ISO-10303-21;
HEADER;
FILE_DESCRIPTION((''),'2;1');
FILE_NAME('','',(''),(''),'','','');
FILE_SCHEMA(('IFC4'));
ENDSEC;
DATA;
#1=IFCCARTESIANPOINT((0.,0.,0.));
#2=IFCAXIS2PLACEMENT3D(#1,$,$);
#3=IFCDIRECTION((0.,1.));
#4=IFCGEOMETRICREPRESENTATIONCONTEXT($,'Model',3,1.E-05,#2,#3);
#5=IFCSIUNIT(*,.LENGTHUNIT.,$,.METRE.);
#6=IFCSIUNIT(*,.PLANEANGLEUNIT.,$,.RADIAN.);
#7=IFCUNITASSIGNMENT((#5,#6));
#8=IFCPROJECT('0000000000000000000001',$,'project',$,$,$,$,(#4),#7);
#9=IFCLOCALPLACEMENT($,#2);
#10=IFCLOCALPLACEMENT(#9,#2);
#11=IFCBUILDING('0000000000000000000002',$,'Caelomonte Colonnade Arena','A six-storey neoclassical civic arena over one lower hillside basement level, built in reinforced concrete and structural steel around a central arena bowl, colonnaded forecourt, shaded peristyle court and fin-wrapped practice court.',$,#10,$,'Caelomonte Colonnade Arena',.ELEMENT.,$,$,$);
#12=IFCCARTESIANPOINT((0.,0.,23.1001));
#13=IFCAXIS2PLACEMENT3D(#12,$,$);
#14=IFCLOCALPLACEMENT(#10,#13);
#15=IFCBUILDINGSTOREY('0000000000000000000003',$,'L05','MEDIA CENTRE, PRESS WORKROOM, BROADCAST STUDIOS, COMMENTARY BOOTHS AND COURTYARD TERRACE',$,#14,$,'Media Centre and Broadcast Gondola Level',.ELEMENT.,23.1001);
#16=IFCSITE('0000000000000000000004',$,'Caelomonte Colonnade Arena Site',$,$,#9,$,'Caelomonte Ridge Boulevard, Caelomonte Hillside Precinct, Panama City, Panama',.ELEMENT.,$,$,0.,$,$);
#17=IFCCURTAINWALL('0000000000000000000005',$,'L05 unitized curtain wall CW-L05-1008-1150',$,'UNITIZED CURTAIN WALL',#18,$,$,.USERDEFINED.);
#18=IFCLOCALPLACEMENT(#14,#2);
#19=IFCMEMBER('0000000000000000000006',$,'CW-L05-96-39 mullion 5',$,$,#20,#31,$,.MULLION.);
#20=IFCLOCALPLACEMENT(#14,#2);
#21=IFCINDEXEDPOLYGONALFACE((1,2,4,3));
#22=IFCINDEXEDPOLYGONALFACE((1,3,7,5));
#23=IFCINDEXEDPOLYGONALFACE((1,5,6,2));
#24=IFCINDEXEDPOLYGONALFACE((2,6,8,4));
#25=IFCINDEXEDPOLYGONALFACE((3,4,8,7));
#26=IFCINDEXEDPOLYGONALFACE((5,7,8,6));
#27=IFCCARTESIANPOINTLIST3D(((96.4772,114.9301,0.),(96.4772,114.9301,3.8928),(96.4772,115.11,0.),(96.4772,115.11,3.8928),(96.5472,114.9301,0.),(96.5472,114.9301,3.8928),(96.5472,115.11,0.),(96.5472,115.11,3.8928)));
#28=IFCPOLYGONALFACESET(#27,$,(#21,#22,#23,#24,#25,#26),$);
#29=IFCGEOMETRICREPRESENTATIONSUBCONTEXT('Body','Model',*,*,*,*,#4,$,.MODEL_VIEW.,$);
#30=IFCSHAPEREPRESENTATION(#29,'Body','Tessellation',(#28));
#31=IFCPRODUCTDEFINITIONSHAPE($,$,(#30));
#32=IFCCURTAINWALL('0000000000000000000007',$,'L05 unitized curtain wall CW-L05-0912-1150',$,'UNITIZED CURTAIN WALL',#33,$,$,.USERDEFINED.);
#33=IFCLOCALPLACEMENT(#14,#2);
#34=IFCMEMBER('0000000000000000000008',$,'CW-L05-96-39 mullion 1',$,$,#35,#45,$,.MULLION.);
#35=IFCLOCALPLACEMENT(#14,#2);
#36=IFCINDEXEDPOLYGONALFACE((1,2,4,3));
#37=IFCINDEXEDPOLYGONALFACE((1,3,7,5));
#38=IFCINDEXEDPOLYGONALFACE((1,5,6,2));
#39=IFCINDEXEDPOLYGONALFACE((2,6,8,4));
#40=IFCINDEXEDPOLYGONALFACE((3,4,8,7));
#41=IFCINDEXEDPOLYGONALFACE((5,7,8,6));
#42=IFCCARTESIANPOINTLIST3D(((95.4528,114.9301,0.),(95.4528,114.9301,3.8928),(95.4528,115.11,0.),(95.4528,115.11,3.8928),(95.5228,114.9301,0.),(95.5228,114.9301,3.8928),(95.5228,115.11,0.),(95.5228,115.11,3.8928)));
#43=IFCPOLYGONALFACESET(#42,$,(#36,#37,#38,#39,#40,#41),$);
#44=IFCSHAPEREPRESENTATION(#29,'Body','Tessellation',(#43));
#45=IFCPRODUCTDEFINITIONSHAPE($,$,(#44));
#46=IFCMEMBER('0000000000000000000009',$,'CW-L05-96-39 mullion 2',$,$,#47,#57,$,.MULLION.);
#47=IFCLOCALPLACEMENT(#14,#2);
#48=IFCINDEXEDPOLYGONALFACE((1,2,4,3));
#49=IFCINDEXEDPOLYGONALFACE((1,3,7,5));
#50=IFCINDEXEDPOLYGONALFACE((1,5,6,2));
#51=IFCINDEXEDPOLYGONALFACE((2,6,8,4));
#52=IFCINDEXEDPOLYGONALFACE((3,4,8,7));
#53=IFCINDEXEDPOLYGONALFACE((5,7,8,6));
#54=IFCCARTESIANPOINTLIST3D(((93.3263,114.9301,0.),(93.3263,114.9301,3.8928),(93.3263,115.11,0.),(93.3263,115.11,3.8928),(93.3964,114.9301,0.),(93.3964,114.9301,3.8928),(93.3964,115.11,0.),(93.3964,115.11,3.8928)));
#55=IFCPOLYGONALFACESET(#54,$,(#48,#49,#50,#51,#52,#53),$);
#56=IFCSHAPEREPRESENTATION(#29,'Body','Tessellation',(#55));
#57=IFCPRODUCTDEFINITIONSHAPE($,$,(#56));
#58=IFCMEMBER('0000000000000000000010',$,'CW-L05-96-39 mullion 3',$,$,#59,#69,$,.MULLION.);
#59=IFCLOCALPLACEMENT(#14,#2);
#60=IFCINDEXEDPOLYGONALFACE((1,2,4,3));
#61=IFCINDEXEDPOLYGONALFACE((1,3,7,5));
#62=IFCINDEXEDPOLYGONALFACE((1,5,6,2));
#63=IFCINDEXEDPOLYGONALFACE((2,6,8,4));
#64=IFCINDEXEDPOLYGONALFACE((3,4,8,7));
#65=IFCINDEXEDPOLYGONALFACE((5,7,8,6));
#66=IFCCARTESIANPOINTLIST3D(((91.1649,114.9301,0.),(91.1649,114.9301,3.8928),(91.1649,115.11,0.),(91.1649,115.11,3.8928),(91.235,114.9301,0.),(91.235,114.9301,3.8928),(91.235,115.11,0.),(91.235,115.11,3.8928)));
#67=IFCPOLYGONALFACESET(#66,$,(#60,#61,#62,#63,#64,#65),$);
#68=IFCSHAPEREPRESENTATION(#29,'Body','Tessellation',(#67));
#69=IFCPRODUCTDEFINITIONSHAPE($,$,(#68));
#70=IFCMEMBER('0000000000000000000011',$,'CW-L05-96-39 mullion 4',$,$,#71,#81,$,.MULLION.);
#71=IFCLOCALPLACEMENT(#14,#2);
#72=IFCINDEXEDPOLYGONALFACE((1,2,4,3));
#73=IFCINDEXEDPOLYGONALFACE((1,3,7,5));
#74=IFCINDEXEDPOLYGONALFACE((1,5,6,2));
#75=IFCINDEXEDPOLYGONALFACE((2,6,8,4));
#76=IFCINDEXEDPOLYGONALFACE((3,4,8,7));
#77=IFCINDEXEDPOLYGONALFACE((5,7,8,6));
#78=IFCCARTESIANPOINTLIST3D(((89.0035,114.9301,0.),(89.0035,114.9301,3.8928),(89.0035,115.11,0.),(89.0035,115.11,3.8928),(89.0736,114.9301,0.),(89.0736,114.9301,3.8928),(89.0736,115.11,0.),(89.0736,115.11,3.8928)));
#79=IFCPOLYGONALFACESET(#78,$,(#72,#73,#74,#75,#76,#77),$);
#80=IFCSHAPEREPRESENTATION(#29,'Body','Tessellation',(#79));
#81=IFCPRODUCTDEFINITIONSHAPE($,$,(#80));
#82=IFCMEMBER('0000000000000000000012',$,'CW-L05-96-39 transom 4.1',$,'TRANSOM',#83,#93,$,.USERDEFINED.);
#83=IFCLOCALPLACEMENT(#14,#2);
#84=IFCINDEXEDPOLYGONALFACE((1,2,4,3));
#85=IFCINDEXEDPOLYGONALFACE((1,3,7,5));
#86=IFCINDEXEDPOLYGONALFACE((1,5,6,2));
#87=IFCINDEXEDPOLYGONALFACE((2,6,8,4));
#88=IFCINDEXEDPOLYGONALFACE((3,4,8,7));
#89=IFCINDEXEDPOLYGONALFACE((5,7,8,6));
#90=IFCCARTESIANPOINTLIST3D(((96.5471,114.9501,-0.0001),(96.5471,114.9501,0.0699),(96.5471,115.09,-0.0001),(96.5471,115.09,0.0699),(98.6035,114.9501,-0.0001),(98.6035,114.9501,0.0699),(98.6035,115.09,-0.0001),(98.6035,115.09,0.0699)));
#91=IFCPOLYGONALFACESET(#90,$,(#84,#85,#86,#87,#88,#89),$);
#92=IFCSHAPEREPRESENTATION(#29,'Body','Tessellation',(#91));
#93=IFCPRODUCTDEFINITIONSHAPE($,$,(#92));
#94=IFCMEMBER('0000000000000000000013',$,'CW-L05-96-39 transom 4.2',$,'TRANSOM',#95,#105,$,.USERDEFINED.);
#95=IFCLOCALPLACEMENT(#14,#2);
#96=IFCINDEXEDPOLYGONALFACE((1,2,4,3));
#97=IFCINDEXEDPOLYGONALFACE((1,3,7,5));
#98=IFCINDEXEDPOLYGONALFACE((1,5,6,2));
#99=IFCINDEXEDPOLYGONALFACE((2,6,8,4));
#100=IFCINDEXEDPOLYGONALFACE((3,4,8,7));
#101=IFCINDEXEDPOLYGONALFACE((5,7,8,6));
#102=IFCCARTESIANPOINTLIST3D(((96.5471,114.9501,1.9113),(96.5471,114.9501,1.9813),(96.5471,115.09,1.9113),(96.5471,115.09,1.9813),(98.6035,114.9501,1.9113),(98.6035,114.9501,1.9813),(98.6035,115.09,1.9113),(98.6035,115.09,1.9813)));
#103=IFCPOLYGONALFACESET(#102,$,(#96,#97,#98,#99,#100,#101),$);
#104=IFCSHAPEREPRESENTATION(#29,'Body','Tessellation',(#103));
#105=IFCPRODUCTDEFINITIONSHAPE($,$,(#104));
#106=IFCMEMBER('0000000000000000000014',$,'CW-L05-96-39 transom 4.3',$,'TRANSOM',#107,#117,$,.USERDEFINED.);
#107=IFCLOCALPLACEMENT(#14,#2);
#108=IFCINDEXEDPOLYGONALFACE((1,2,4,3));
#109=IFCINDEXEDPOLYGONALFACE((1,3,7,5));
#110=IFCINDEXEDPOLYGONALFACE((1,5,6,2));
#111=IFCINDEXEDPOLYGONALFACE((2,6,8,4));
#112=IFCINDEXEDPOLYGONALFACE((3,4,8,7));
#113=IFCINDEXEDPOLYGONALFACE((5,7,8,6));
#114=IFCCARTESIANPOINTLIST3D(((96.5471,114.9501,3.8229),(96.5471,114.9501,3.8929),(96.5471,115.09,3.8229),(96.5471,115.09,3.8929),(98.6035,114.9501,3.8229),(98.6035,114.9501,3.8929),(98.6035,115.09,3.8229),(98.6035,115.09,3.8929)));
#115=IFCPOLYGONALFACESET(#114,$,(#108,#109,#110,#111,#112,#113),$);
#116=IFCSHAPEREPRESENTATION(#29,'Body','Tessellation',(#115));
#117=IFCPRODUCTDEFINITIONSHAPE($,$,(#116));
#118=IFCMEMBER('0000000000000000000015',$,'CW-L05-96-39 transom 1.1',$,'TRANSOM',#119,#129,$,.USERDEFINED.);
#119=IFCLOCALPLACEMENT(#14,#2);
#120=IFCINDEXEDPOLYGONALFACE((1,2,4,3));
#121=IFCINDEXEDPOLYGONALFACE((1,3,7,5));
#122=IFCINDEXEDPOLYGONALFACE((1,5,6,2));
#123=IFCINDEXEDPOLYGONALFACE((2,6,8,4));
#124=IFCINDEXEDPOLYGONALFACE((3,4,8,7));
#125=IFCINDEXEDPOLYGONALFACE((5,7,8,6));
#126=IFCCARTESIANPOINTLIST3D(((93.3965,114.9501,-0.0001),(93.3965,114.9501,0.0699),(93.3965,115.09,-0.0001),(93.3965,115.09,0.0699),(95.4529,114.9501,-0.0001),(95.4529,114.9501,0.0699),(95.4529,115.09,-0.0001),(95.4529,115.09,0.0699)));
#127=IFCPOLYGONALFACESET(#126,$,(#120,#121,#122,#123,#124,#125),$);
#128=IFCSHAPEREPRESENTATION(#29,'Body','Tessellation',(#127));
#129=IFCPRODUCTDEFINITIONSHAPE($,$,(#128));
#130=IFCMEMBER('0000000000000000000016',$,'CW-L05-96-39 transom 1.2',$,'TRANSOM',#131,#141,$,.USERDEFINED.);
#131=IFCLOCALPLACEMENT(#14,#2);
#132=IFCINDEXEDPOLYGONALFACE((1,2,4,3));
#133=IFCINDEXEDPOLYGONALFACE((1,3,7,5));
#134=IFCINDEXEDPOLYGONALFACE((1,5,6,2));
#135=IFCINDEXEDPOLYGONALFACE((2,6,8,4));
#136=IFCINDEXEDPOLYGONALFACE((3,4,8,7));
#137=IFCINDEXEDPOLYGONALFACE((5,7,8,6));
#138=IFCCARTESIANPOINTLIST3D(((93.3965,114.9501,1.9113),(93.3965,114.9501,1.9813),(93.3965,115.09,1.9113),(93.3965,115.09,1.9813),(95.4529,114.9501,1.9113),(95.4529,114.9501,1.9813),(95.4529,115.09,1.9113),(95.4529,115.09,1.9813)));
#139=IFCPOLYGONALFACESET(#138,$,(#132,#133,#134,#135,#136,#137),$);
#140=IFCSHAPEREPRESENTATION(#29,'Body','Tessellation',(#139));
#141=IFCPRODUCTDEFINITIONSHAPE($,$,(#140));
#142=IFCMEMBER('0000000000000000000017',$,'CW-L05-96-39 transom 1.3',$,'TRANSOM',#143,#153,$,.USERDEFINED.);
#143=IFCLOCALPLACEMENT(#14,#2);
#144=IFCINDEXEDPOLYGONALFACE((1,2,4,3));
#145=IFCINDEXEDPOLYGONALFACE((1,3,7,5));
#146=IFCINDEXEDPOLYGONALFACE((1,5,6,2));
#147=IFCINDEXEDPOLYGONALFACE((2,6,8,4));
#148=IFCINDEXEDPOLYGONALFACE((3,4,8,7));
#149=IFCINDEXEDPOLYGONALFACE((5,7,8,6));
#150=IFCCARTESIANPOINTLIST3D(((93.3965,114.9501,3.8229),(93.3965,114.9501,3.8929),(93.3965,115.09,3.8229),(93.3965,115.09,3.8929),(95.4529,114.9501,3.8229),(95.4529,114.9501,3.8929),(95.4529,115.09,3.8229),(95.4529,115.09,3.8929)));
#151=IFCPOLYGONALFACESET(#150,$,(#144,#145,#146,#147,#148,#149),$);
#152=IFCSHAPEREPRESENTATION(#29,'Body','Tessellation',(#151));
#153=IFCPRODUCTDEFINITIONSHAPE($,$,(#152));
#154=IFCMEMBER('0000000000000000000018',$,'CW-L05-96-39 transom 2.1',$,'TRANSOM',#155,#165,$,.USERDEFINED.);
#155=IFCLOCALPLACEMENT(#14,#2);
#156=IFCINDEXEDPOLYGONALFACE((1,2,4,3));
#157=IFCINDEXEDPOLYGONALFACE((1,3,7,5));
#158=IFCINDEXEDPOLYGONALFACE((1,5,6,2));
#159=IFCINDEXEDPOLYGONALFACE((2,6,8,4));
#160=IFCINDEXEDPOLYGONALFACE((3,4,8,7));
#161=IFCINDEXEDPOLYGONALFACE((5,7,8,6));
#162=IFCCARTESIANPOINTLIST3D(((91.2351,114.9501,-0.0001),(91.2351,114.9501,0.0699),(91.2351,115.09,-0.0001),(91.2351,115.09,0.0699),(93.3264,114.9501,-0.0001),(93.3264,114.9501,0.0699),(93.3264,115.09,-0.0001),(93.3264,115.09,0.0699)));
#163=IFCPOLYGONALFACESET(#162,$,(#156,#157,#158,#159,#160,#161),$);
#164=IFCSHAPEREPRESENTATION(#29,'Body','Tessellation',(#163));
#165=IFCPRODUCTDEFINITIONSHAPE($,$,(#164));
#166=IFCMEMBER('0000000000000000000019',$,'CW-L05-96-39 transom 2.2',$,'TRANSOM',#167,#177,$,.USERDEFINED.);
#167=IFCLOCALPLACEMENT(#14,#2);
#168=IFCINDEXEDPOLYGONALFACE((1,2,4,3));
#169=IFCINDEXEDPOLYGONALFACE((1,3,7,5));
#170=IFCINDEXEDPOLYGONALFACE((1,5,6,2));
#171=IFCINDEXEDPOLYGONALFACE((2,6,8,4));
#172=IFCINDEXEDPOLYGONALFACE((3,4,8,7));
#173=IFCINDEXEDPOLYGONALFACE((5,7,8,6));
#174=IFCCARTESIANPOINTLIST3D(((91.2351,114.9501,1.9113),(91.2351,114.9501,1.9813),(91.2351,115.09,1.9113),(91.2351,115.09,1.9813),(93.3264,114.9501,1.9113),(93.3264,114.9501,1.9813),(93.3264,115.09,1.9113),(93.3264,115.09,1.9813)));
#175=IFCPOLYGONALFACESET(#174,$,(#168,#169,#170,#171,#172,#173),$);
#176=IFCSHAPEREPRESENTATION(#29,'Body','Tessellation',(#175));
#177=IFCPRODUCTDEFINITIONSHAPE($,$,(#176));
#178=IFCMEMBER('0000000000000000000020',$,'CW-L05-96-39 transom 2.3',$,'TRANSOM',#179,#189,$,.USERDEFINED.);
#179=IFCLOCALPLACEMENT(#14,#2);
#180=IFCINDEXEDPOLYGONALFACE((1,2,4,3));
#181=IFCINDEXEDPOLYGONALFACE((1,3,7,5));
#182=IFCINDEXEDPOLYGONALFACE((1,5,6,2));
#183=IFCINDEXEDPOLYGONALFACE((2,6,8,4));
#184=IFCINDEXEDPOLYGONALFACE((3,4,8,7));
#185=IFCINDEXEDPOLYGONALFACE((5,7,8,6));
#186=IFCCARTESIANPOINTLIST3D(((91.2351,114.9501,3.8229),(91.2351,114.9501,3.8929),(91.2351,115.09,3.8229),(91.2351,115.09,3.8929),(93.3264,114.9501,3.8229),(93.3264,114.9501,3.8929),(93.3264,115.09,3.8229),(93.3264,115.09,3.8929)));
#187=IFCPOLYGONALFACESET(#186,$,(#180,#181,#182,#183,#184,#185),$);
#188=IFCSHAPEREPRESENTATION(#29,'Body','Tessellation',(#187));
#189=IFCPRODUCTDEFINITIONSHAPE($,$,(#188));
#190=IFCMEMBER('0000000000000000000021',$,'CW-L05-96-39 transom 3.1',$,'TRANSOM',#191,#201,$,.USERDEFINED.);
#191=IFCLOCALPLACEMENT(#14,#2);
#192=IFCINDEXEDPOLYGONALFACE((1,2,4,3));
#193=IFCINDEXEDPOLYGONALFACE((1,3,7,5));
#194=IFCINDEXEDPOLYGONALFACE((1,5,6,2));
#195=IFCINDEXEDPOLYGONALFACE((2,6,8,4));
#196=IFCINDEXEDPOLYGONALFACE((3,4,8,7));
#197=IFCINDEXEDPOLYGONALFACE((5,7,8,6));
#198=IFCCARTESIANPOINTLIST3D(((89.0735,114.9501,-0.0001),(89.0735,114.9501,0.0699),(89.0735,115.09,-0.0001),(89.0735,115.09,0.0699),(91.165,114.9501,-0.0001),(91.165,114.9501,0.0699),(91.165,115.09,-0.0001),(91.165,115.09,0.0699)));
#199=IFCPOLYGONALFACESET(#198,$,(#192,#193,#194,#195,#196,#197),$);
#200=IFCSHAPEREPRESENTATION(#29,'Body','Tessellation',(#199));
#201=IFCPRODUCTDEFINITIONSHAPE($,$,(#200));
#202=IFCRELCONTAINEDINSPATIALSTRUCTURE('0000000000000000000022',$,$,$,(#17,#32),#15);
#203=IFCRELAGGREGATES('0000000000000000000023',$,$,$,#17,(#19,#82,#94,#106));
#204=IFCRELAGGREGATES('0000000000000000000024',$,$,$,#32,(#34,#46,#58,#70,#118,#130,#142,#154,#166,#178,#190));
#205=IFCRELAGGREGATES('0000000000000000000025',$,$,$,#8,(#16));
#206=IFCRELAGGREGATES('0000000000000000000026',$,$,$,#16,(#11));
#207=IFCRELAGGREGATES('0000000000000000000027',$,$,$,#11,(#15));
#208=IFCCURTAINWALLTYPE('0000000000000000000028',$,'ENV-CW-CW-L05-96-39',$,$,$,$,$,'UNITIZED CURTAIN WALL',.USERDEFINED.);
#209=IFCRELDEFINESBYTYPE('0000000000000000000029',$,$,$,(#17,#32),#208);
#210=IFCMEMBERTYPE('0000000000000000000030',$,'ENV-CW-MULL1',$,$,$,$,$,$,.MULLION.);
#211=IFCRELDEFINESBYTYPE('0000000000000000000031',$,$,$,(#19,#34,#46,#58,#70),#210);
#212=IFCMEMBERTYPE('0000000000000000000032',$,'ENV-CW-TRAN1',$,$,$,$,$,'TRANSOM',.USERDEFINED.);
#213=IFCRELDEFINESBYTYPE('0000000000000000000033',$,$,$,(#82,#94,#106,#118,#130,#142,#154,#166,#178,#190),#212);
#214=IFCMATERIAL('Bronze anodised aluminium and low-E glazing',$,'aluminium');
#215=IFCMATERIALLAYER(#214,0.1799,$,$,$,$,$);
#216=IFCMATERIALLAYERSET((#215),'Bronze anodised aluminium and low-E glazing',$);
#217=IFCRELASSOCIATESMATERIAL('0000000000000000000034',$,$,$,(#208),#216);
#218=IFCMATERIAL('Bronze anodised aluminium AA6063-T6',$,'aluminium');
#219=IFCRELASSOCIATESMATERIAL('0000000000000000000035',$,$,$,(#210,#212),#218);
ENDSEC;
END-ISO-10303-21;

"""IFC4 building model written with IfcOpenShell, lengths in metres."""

from ifc_helpers import new_model, si_unit, direction, frame, origin, origin_2d, place, context, subcontext, project, spatial, rectangle, extrude, material, layer, layer_set, material_profile, profile_set, type_object, element, aggregate, save


model = new_model("IFC4")

# Units and contexts
model_context = context("Model", 3, precision=1e-05, world=origin(), true_north=direction((0.0, 1.0)))
body_context = subcontext(model_context, "Body", "Model", "MODEL_VIEW")
ifc_project = project(units=[si_unit("LENGTHUNIT", "METRE"), si_unit("PLANEANGLEUNIT", "RADIAN")], contexts=[model_context])

# Site, building, storey
site_placement = place(None, origin())
site = spatial("IfcSite", under=ifc_project, at=site_placement, Name="Caelomonte Colonnade Arena Site", LongName="Caelomonte Ridge Boulevard, Caelomonte Hillside Precinct, Panama City, Panama", CompositionType="ELEMENT", RefElevation=0.0)
building_placement = place(site_placement, origin())
building = spatial("IfcBuilding", under=site, at=building_placement, Name="Caelomonte Colonnade Arena", Description="A six-storey neoclassical civic arena over one lower hillside basement level, built in reinforced concrete and structural steel around a central arena bowl, colonnaded forecourt, shaded peristyle court and fin-wrapped practice court.", LongName="Caelomonte Colonnade Arena", CompositionType="ELEMENT")
storey_placement = place(building_placement, frame((0.0, 0.0, 23.1001)))
storey = spatial("IfcBuildingStorey", under=building, at=storey_placement, Name="L05", Description="MEDIA CENTRE, PRESS WORKROOM, BROADCAST STUDIOS, COMMENTARY BOOTHS AND COURTYARD TERRACE", LongName="Media Centre and Broadcast Gondola Level", CompositionType="ELEMENT", Elevation=23.1001)

# Curtain wall, member
ifc_material_1 = material(Name="Bronze anodised aluminium and low-E glazing", Category="aluminium")
ifc_layer_1 = layer(ifc_material_1, 0.1799)
ifc_layer_set_1 = layer_set([ifc_layer_1], Name="Bronze anodised aluminium and low-E glazing")
curtain_wall_type = type_object("IfcCurtainWallType", Name="ENV-CW-CW-L05-96-39", ElementType="UNITIZED CURTAIN WALL", PredefinedType="USERDEFINED", material=ifc_layer_set_1)
curtain_wall_1_placement = place(storey_placement, origin())
curtain_wall_1 = element("IfcCurtainWall", 1, at=curtain_wall_1_placement, inside=storey, type_object=curtain_wall_type, Name="L05 unitized curtain wall CW-L05-1008-1150", ObjectType="UNITIZED CURTAIN WALL", PredefinedType="USERDEFINED")
ifc_material_2 = material(Name="Bronze anodised aluminium AA6063-T6", Category="aluminium")
ifc_material_profile_1 = material_profile(ifc_material_2, rectangle(XDim=0.0701, YDim=0.1799, at=origin_2d()), Name="CWM-70X180")
ifc_profile_set_1 = profile_set([ifc_material_profile_1], Name="Bronze anodised aluminium AA6063-T6")
member_type_1 = type_object("IfcMemberType", Name="ENV-CW-MULL1", PredefinedType="MULLION", material=ifc_profile_set_1)
member_1_placement = place(storey_placement, frame((96.5122, 115.02, 0.0), z_axis=(0.0, 0.0, 1.0), x_axis=(-1.0, 0.0, 0.0)))
member_1 = element("IfcMember", 2, at=member_1_placement, type_object=member_type_1, Name="CW-L05-96-39 mullion 5", PredefinedType="MULLION", context=body_context, shape_type="SweptSolid", body=[
    extrude(rectangle(XDim=0.0701, YDim=0.1799, at=origin_2d()), origin(), (0.0, 0.0, 1.0), 3.8928),
])

# Curtain wall, members
curtain_wall_2_placement = place(storey_placement, origin())
curtain_wall_2 = element("IfcCurtainWall", 3, at=curtain_wall_2_placement, inside=storey, type_object=curtain_wall_type, Name="L05 unitized curtain wall CW-L05-0912-1150", ObjectType="UNITIZED CURTAIN WALL", PredefinedType="USERDEFINED")
member_2_placement = place(storey_placement, frame((95.4878, 115.02, 0.0), z_axis=(0.0, 0.0, 1.0), x_axis=(-1.0, 0.0, 0.0)))
member_2 = element("IfcMember", 4, at=member_2_placement, type_object=member_type_1, Name="CW-L05-96-39 mullion 1", PredefinedType="MULLION", context=body_context, shape_type="SweptSolid", body=[
    extrude(rectangle(XDim=0.0701, YDim=0.1799, at=origin_2d()), origin(), (0.0, 0.0, 1.0), 3.8928),
])
member_3_placement = place(storey_placement, frame((93.3613, 115.02, 0.0), z_axis=(0.0, 0.0, 1.0), x_axis=(-1.0, 0.0, 0.0)))
member_3 = element("IfcMember", 5, at=member_3_placement, type_object=member_type_1, Name="CW-L05-96-39 mullion 2", PredefinedType="MULLION", context=body_context, shape_type="SweptSolid", body=[
    extrude(rectangle(XDim=0.0701, YDim=0.1799, at=origin_2d()), origin(), (0.0, 0.0, 1.0), 3.8928),
])
member_4_placement = place(storey_placement, frame((91.2, 115.02, 0.0), z_axis=(0.0, 0.0, 1.0), x_axis=(-1.0, 0.0, 0.0)))
member_4 = element("IfcMember", 6, at=member_4_placement, type_object=member_type_1, Name="CW-L05-96-39 mullion 3", PredefinedType="MULLION", context=body_context, shape_type="SweptSolid", body=[
    extrude(rectangle(XDim=0.0701, YDim=0.1799, at=origin_2d()), origin(), (0.0, 0.0, 1.0), 3.8928),
])
member_5_placement = place(storey_placement, frame((89.0386, 115.02, 0.0), z_axis=(0.0, 0.0, 1.0), x_axis=(-1.0, 0.0, 0.0)))
member_5 = element("IfcMember", 7, at=member_5_placement, type_object=member_type_1, Name="CW-L05-96-39 mullion 4", PredefinedType="MULLION", context=body_context, shape_type="SweptSolid", body=[
    extrude(rectangle(XDim=0.0701, YDim=0.1799, at=origin_2d()), origin(), (0.0, 0.0, 1.0), 3.8928),
])

# Members
ifc_material_profile_2 = material_profile(ifc_material_2, rectangle(XDim=0.0701, YDim=0.1399, at=origin_2d()), Name="CWT-70X140")
ifc_profile_set_2 = profile_set([ifc_material_profile_2], Name="Bronze anodised aluminium AA6063-T6")
member_type_2 = type_object("IfcMemberType", Name="ENV-CW-TRAN1", ElementType="TRANSOM", PredefinedType="USERDEFINED", material=ifc_profile_set_2)
member_6_placement = place(storey_placement, frame((98.6035, 115.02, 0.0349), z_axis=(-1.0, 0.0, 0.0), x_axis=(0.0, 0.0, 1.0)))
member_6 = element("IfcMember", 8, at=member_6_placement, type_object=member_type_2, Name="CW-L05-96-39 transom 4.1", ObjectType="TRANSOM", PredefinedType="USERDEFINED", context=body_context, shape_type="SweptSolid", body=[
    extrude(rectangle(XDim=0.0701, YDim=0.1399, at=origin_2d()), origin(), (0.0, 0.0, 1.0), 2.0564),
])
member_7_placement = place(storey_placement, frame((98.6035, 115.02, 1.9463), z_axis=(-1.0, 0.0, 0.0), x_axis=(0.0, 0.0, 1.0)))
member_7 = element("IfcMember", 9, at=member_7_placement, type_object=member_type_2, Name="CW-L05-96-39 transom 4.2", ObjectType="TRANSOM", PredefinedType="USERDEFINED", context=body_context, shape_type="SweptSolid", body=[
    extrude(rectangle(XDim=0.0701, YDim=0.1399, at=origin_2d()), origin(), (0.0, 0.0, 1.0), 2.0564),
])
member_8_placement = place(storey_placement, frame((98.6035, 115.02, 3.8579), z_axis=(-1.0, 0.0, 0.0), x_axis=(0.0, 0.0, 1.0)))
member_8 = element("IfcMember", 10, at=member_8_placement, type_object=member_type_2, Name="CW-L05-96-39 transom 4.3", ObjectType="TRANSOM", PredefinedType="USERDEFINED", context=body_context, shape_type="SweptSolid", body=[
    extrude(rectangle(XDim=0.0701, YDim=0.1399, at=origin_2d()), origin(), (0.0, 0.0, 1.0), 2.0564),
])
member_9_placement = place(storey_placement, frame((95.4529, 115.02, 0.0349), z_axis=(-1.0, 0.0, 0.0), x_axis=(0.0, 0.0, 1.0)))
member_9 = element("IfcMember", 11, at=member_9_placement, type_object=member_type_2, Name="CW-L05-96-39 transom 1.1", ObjectType="TRANSOM", PredefinedType="USERDEFINED", context=body_context, shape_type="SweptSolid", body=[
    extrude(rectangle(XDim=0.0701, YDim=0.1399, at=origin_2d()), origin(), (0.0, 0.0, 1.0), 2.0564),
])
member_10_placement = place(storey_placement, frame((95.4529, 115.02, 1.9463), z_axis=(-1.0, 0.0, 0.0), x_axis=(0.0, 0.0, 1.0)))
member_10 = element("IfcMember", 12, at=member_10_placement, type_object=member_type_2, Name="CW-L05-96-39 transom 1.2", ObjectType="TRANSOM", PredefinedType="USERDEFINED", context=body_context, shape_type="SweptSolid", body=[
    extrude(rectangle(XDim=0.0701, YDim=0.1399, at=origin_2d()), origin(), (0.0, 0.0, 1.0), 2.0564),
])
member_11_placement = place(storey_placement, frame((95.4529, 115.02, 3.8579), z_axis=(-1.0, 0.0, 0.0), x_axis=(0.0, 0.0, 1.0)))
member_11 = element("IfcMember", 13, at=member_11_placement, type_object=member_type_2, Name="CW-L05-96-39 transom 1.3", ObjectType="TRANSOM", PredefinedType="USERDEFINED", context=body_context, shape_type="SweptSolid", body=[
    extrude(rectangle(XDim=0.0701, YDim=0.1399, at=origin_2d()), origin(), (0.0, 0.0, 1.0), 2.0564),
])
member_12_placement = place(storey_placement, frame((93.3264, 115.02, 0.0349), z_axis=(-1.0, 0.0, 0.0), x_axis=(0.0, 0.0, 1.0)))
member_12 = element("IfcMember", 14, at=member_12_placement, type_object=member_type_2, Name="CW-L05-96-39 transom 2.1", ObjectType="TRANSOM", PredefinedType="USERDEFINED", context=body_context, shape_type="SweptSolid", body=[
    extrude(rectangle(XDim=0.0701, YDim=0.1399, at=origin_2d()), origin(), (0.0, 0.0, 1.0), 2.0913),
])
member_13_placement = place(storey_placement, frame((93.3264, 115.02, 1.9463), z_axis=(-1.0, 0.0, 0.0), x_axis=(0.0, 0.0, 1.0)))
member_13 = element("IfcMember", 15, at=member_13_placement, type_object=member_type_2, Name="CW-L05-96-39 transom 2.2", ObjectType="TRANSOM", PredefinedType="USERDEFINED", context=body_context, shape_type="SweptSolid", body=[
    extrude(rectangle(XDim=0.0701, YDim=0.1399, at=origin_2d()), origin(), (0.0, 0.0, 1.0), 2.0913),
])
member_14_placement = place(storey_placement, frame((93.3264, 115.02, 3.8579), z_axis=(-1.0, 0.0, 0.0), x_axis=(0.0, 0.0, 1.0)))
member_14 = element("IfcMember", 16, at=member_14_placement, type_object=member_type_2, Name="CW-L05-96-39 transom 2.3", ObjectType="TRANSOM", PredefinedType="USERDEFINED", context=body_context, shape_type="SweptSolid", body=[
    extrude(rectangle(XDim=0.0701, YDim=0.1399, at=origin_2d()), origin(), (0.0, 0.0, 1.0), 2.0913),
])
member_15_placement = place(storey_placement, frame((91.165, 115.02, 0.0349), z_axis=(-1.0, 0.0, 0.0), x_axis=(0.0, 0.0, 1.0)))
member_15 = element("IfcMember", 17, at=member_15_placement, type_object=member_type_2, Name="CW-L05-96-39 transom 3.1", ObjectType="TRANSOM", PredefinedType="USERDEFINED", context=body_context, shape_type="SweptSolid", body=[
    extrude(rectangle(XDim=0.0701, YDim=0.1399, at=origin_2d()), origin(), (0.0, 0.0, 1.0), 2.0916),
])

aggregate(curtain_wall_1, [member_1, member_6, member_7, member_8])
aggregate(curtain_wall_2, [member_2, member_3, member_4, member_5, member_9, member_10, member_11, member_12, member_13, member_14, member_15])

save(model, "model.ifc")
